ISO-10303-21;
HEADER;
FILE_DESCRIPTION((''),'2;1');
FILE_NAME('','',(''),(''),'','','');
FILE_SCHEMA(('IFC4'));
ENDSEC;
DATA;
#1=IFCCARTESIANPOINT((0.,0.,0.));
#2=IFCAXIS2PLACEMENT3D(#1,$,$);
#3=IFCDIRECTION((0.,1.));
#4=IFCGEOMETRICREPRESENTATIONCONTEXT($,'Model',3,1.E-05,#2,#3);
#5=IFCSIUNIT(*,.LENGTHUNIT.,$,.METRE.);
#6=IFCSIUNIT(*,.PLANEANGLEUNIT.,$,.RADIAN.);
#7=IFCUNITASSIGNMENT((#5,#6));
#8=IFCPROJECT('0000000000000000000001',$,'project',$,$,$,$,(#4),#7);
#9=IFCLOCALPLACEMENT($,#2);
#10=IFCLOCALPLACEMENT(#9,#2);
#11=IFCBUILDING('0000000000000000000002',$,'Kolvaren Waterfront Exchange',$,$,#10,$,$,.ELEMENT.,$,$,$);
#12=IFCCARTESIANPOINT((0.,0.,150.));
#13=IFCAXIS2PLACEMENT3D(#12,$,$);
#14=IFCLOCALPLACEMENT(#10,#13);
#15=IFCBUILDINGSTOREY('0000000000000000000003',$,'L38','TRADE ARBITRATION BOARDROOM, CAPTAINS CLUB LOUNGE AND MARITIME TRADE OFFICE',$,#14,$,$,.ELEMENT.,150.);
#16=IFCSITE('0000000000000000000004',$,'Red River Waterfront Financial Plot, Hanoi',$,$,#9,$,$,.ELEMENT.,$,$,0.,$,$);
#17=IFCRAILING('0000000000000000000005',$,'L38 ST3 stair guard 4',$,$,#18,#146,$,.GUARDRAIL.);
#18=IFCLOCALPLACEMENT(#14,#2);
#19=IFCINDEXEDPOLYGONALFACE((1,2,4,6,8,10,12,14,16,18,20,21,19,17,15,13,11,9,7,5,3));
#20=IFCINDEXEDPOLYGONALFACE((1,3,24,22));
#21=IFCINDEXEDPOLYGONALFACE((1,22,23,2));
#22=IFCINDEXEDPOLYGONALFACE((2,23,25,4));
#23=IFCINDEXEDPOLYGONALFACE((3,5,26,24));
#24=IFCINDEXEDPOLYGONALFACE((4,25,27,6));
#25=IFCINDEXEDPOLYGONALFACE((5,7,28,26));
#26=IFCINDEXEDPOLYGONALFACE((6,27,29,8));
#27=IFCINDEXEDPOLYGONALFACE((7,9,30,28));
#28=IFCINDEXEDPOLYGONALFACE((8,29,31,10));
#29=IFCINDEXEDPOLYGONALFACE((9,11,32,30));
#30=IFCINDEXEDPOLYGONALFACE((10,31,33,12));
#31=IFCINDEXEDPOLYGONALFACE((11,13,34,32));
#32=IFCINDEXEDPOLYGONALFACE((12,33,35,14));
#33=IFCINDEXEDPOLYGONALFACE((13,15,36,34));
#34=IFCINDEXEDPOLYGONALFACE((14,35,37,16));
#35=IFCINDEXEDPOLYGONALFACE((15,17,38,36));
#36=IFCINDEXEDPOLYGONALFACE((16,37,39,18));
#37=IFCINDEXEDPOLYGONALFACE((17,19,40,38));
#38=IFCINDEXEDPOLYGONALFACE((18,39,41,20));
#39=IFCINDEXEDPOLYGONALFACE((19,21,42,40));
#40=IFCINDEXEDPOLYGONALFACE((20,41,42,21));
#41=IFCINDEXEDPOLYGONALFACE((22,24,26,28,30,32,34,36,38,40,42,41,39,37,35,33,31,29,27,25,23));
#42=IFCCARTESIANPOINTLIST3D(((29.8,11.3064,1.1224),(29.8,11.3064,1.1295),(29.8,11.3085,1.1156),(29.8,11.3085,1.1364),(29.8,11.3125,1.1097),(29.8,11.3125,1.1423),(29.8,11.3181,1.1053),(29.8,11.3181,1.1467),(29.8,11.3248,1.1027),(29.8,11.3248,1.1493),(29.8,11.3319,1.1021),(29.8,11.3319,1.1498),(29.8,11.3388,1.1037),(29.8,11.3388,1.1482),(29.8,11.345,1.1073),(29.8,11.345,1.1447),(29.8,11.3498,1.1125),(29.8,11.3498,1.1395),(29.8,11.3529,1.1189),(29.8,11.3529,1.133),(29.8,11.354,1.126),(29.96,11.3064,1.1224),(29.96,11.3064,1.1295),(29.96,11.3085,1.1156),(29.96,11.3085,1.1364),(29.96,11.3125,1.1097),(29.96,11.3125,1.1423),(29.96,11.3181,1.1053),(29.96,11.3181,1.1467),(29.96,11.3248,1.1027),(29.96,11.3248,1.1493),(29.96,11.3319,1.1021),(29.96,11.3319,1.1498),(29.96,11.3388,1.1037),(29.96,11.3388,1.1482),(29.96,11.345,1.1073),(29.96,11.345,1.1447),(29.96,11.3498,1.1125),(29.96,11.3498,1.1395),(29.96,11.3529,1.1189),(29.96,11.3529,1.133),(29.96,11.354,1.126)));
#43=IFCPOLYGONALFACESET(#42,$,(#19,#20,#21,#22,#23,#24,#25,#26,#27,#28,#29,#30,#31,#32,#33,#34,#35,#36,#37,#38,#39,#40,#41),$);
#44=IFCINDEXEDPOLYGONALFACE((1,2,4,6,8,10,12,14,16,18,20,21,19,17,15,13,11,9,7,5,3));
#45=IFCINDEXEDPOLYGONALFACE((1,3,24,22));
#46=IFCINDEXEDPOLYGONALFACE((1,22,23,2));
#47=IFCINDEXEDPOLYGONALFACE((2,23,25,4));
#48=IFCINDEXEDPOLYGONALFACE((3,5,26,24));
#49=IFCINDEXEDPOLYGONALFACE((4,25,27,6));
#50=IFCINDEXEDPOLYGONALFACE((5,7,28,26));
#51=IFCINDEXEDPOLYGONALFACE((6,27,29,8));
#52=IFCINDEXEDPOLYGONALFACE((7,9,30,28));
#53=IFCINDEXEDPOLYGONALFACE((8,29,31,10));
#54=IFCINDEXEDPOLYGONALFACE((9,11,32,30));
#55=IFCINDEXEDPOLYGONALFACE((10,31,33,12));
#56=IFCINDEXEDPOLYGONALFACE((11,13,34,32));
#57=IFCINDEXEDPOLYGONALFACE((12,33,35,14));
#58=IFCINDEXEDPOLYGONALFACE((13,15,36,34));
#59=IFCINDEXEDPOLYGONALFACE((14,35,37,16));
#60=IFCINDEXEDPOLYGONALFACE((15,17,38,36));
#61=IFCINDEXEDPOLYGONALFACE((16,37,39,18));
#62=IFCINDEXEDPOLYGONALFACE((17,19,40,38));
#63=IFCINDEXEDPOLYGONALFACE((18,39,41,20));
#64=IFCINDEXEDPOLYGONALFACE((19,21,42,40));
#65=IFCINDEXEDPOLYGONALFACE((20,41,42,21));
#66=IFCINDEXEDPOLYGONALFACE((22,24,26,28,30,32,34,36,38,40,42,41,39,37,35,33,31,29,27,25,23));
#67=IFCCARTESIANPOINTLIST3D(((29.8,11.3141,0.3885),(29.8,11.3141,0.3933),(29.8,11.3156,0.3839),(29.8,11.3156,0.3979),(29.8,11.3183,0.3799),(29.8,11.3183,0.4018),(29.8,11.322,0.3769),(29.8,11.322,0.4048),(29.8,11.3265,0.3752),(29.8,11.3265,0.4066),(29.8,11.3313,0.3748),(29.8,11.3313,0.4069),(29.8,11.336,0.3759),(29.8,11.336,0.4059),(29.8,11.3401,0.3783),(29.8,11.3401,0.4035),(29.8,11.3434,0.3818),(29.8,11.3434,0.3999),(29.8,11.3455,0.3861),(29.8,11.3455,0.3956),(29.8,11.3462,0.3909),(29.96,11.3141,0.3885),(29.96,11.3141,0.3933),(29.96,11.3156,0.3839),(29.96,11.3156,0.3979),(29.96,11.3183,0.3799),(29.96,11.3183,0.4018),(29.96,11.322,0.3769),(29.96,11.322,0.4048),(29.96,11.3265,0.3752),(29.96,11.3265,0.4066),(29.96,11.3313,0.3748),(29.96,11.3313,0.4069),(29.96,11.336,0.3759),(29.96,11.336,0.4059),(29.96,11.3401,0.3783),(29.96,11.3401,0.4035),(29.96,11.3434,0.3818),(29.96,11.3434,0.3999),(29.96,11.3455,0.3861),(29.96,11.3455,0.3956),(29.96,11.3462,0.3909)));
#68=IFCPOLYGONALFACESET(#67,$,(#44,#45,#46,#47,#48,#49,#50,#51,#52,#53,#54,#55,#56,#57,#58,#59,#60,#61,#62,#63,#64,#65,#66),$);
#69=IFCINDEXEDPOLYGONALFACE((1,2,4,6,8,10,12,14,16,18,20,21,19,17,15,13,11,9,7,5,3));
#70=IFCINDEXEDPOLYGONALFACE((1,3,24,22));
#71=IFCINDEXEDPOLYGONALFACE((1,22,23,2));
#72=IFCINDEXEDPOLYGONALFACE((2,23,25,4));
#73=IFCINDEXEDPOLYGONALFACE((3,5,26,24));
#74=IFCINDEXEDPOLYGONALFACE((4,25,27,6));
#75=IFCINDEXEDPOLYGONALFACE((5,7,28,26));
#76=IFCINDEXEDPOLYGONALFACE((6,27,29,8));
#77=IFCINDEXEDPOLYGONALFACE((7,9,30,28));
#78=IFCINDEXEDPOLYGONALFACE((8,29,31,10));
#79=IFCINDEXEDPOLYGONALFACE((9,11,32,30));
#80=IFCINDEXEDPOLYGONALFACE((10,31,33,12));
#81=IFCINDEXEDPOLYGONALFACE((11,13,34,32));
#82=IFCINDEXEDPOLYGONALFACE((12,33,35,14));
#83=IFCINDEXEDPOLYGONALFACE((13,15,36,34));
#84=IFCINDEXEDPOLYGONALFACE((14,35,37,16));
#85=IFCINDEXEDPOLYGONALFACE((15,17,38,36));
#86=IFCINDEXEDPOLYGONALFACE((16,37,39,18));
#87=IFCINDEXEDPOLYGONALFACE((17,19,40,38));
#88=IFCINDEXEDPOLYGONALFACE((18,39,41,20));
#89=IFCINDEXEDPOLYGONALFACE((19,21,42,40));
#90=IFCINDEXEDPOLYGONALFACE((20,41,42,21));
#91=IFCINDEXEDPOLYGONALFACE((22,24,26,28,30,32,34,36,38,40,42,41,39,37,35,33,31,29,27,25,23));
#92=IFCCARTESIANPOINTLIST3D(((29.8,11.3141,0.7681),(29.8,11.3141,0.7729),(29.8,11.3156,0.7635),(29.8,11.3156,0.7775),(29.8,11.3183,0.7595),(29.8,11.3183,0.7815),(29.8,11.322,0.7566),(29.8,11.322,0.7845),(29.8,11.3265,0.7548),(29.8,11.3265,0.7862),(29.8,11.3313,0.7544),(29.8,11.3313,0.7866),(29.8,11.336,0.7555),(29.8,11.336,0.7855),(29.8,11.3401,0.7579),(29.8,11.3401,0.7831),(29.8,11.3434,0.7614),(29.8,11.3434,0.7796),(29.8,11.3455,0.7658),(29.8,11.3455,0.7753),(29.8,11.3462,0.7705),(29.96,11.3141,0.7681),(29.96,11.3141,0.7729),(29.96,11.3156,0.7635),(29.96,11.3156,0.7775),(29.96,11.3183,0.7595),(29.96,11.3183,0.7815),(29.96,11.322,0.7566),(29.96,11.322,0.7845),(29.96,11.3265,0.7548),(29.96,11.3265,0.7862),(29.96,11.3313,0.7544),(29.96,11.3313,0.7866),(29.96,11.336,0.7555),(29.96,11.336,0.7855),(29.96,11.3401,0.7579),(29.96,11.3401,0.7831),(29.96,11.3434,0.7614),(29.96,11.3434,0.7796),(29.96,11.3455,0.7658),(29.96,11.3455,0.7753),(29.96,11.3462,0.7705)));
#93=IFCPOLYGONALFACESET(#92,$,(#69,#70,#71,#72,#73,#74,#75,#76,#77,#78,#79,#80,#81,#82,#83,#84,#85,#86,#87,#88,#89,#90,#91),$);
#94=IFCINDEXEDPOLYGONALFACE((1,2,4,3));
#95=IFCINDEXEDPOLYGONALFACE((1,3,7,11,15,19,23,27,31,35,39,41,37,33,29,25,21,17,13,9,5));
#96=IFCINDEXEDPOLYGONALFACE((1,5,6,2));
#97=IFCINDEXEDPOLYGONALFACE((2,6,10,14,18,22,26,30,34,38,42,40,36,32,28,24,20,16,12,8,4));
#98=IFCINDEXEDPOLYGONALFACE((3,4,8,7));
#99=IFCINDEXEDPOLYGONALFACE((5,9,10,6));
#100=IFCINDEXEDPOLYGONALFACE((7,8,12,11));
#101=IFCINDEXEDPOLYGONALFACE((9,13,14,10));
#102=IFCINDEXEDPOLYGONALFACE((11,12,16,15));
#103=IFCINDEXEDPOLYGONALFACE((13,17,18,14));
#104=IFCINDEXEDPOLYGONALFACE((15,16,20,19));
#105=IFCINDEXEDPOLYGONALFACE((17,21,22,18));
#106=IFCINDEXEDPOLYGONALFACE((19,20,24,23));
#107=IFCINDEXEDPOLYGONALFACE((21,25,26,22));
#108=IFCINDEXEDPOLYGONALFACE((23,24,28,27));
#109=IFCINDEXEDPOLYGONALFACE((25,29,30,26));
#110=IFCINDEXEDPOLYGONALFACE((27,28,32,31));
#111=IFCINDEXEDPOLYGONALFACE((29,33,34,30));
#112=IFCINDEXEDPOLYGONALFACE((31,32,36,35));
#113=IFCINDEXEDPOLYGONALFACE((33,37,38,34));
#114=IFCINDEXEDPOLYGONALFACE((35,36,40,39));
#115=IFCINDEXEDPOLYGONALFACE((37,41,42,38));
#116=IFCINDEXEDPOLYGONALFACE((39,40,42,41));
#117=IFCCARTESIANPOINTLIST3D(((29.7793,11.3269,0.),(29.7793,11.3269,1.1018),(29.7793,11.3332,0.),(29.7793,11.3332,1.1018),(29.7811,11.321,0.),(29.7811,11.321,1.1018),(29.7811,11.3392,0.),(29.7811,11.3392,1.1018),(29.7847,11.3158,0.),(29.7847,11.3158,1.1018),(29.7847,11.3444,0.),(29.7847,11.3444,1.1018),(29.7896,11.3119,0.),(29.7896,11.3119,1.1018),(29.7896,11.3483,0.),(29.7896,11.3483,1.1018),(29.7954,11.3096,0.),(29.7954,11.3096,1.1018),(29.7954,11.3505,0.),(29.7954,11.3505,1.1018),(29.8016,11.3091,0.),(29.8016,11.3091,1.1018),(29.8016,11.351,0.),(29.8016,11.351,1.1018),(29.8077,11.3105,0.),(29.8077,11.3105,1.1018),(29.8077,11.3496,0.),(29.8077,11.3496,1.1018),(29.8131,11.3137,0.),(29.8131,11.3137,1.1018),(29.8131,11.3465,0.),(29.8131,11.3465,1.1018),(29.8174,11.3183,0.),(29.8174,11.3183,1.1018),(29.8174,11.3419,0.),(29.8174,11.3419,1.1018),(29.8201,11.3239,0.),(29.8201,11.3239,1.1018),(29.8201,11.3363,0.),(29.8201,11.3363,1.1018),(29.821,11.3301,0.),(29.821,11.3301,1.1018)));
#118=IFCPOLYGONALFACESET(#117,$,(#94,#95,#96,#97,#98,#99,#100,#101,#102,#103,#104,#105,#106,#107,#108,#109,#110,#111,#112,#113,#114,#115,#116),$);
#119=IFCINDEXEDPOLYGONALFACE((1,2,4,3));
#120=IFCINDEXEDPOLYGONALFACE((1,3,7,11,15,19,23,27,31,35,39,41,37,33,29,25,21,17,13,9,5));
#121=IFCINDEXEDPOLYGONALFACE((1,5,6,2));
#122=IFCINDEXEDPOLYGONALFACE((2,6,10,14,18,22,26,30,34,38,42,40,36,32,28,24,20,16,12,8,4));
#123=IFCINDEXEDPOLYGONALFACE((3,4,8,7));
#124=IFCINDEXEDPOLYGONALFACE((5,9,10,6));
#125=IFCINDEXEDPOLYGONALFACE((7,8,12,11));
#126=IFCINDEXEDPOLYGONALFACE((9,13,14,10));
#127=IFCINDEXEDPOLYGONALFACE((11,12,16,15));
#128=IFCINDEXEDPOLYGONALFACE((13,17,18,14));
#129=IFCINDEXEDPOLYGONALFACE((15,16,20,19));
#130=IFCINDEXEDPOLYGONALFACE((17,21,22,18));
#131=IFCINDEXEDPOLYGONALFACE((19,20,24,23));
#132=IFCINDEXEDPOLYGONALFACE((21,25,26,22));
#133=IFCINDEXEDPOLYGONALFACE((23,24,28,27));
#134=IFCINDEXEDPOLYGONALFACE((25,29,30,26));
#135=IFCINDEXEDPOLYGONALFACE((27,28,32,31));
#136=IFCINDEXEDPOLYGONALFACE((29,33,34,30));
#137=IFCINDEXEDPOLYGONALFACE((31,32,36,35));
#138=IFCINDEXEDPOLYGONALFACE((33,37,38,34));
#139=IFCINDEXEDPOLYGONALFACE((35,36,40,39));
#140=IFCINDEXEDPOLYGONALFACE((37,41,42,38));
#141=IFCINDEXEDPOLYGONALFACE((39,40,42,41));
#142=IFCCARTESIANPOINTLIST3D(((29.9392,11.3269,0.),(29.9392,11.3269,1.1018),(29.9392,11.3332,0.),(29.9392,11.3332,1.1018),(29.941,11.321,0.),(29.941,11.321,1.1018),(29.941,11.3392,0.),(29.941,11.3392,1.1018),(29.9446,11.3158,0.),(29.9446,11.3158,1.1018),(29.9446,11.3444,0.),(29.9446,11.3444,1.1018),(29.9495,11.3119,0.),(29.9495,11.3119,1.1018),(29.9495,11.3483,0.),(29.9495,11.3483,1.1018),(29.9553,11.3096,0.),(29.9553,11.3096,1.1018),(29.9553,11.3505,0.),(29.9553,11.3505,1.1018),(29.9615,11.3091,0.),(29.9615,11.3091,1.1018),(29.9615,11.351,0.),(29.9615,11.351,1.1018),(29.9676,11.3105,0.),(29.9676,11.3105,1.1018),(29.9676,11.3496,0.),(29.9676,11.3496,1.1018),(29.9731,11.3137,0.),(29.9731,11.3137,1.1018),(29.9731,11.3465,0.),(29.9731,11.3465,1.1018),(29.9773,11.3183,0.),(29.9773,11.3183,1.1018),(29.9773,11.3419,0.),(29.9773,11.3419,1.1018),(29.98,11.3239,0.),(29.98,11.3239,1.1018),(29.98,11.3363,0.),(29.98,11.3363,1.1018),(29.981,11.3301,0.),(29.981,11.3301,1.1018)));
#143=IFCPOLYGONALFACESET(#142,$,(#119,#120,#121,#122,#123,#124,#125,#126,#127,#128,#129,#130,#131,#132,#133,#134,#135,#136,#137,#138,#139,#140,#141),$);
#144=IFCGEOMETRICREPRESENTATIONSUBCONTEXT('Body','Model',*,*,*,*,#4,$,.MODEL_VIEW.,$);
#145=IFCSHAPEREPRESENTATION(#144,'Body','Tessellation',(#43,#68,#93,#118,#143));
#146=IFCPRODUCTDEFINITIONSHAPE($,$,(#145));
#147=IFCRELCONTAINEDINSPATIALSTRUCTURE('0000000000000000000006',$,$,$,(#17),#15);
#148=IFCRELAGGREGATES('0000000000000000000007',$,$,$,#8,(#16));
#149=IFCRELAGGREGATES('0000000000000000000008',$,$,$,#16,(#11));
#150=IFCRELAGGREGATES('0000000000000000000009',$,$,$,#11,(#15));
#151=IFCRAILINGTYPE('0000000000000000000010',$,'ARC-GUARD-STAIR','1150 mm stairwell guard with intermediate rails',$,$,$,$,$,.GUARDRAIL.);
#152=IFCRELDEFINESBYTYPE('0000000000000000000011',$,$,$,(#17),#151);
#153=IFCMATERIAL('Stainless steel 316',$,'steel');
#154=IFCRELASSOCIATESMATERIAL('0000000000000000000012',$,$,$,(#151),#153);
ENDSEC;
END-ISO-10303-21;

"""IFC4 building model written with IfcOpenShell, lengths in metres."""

from ifc_helpers import new_model, si_unit, direction, frame, origin, origin_2d, place, context, subcontext, project, spatial, circle, extrude, material, type_object, element, save


model = new_model("IFC4")

# Units and contexts
model_context = context("Model", 3, precision=1e-05, world=origin(), true_north=direction((0.0, 1.0)))
body_context = subcontext(model_context, "Body", "Model", "MODEL_VIEW")
ifc_project = project(units=[si_unit("LENGTHUNIT", "METRE"), si_unit("PLANEANGLEUNIT", "RADIAN")], contexts=[model_context])

# Site, building, storey
site_placement = place(None, origin())
site = spatial("IfcSite", under=ifc_project, at=site_placement, Name="Red River Waterfront Financial Plot, Hanoi", CompositionType="ELEMENT", RefElevation=0.0)
building_placement = place(site_placement, origin())
building = spatial("IfcBuilding", under=site, at=building_placement, Name="Kolvaren Waterfront Exchange", CompositionType="ELEMENT")
storey_placement = place(building_placement, frame((0.0, 0.0, 150.0)))
storey = spatial("IfcBuildingStorey", under=building, at=storey_placement, Name="L38", Description="TRADE ARBITRATION BOARDROOM, CAPTAINS CLUB LOUNGE AND MARITIME TRADE OFFICE", CompositionType="ELEMENT", Elevation=150.0)

# Railing
ifc_material_1 = material(Name="Stainless steel 316", Category="steel")
railing_type_1 = type_object("IfcRailingType", Name="ARC-GUARD-STAIR", Description="1150 mm stairwell guard with intermediate rails", PredefinedType="GUARDRAIL", material=ifc_material_1)
railing_1_placement = place(storey_placement, frame((29.8, 11.3301, 0.0)))
element("IfcRailing", 1, at=railing_1_placement, inside=storey, type_object=railing_type_1, Name="L38 ST3 stair guard 4", PredefinedType="GUARDRAIL", context=body_context, shape_type="SweptSolid", body=[
    extrude(circle(Radius=0.0239, at=origin_2d()), frame((0.0, 0.0, 1.126), z_axis=(1.0, 0.0, 0.0), x_axis=(0.0, 1.0, 0.0)), (0.0, 0.0, 1.0), 0.1599),
    extrude(circle(Radius=0.0161, at=origin_2d()), frame((0.0, 0.0, 0.3909), z_axis=(1.0, 0.0, 0.0), x_axis=(0.0, 1.0, 0.0)), (0.0, 0.0, 1.0), 0.1599),
    extrude(circle(Radius=0.0161, at=origin_2d()), frame((0.0, 0.0, 0.7705), z_axis=(1.0, 0.0, 0.0), x_axis=(0.0, 1.0, 0.0)), (0.0, 0.0, 1.0), 0.1599),
    extrude(circle(Radius=0.021, at=origin_2d()), origin(), (0.0, 0.0, 1.0), 1.1018),
    extrude(circle(Radius=0.021, at=origin_2d()), frame((0.1599, 0.0, 0.0)), (0.0, 0.0, 1.0), 1.1018),
])

save(model, "model.ifc")
